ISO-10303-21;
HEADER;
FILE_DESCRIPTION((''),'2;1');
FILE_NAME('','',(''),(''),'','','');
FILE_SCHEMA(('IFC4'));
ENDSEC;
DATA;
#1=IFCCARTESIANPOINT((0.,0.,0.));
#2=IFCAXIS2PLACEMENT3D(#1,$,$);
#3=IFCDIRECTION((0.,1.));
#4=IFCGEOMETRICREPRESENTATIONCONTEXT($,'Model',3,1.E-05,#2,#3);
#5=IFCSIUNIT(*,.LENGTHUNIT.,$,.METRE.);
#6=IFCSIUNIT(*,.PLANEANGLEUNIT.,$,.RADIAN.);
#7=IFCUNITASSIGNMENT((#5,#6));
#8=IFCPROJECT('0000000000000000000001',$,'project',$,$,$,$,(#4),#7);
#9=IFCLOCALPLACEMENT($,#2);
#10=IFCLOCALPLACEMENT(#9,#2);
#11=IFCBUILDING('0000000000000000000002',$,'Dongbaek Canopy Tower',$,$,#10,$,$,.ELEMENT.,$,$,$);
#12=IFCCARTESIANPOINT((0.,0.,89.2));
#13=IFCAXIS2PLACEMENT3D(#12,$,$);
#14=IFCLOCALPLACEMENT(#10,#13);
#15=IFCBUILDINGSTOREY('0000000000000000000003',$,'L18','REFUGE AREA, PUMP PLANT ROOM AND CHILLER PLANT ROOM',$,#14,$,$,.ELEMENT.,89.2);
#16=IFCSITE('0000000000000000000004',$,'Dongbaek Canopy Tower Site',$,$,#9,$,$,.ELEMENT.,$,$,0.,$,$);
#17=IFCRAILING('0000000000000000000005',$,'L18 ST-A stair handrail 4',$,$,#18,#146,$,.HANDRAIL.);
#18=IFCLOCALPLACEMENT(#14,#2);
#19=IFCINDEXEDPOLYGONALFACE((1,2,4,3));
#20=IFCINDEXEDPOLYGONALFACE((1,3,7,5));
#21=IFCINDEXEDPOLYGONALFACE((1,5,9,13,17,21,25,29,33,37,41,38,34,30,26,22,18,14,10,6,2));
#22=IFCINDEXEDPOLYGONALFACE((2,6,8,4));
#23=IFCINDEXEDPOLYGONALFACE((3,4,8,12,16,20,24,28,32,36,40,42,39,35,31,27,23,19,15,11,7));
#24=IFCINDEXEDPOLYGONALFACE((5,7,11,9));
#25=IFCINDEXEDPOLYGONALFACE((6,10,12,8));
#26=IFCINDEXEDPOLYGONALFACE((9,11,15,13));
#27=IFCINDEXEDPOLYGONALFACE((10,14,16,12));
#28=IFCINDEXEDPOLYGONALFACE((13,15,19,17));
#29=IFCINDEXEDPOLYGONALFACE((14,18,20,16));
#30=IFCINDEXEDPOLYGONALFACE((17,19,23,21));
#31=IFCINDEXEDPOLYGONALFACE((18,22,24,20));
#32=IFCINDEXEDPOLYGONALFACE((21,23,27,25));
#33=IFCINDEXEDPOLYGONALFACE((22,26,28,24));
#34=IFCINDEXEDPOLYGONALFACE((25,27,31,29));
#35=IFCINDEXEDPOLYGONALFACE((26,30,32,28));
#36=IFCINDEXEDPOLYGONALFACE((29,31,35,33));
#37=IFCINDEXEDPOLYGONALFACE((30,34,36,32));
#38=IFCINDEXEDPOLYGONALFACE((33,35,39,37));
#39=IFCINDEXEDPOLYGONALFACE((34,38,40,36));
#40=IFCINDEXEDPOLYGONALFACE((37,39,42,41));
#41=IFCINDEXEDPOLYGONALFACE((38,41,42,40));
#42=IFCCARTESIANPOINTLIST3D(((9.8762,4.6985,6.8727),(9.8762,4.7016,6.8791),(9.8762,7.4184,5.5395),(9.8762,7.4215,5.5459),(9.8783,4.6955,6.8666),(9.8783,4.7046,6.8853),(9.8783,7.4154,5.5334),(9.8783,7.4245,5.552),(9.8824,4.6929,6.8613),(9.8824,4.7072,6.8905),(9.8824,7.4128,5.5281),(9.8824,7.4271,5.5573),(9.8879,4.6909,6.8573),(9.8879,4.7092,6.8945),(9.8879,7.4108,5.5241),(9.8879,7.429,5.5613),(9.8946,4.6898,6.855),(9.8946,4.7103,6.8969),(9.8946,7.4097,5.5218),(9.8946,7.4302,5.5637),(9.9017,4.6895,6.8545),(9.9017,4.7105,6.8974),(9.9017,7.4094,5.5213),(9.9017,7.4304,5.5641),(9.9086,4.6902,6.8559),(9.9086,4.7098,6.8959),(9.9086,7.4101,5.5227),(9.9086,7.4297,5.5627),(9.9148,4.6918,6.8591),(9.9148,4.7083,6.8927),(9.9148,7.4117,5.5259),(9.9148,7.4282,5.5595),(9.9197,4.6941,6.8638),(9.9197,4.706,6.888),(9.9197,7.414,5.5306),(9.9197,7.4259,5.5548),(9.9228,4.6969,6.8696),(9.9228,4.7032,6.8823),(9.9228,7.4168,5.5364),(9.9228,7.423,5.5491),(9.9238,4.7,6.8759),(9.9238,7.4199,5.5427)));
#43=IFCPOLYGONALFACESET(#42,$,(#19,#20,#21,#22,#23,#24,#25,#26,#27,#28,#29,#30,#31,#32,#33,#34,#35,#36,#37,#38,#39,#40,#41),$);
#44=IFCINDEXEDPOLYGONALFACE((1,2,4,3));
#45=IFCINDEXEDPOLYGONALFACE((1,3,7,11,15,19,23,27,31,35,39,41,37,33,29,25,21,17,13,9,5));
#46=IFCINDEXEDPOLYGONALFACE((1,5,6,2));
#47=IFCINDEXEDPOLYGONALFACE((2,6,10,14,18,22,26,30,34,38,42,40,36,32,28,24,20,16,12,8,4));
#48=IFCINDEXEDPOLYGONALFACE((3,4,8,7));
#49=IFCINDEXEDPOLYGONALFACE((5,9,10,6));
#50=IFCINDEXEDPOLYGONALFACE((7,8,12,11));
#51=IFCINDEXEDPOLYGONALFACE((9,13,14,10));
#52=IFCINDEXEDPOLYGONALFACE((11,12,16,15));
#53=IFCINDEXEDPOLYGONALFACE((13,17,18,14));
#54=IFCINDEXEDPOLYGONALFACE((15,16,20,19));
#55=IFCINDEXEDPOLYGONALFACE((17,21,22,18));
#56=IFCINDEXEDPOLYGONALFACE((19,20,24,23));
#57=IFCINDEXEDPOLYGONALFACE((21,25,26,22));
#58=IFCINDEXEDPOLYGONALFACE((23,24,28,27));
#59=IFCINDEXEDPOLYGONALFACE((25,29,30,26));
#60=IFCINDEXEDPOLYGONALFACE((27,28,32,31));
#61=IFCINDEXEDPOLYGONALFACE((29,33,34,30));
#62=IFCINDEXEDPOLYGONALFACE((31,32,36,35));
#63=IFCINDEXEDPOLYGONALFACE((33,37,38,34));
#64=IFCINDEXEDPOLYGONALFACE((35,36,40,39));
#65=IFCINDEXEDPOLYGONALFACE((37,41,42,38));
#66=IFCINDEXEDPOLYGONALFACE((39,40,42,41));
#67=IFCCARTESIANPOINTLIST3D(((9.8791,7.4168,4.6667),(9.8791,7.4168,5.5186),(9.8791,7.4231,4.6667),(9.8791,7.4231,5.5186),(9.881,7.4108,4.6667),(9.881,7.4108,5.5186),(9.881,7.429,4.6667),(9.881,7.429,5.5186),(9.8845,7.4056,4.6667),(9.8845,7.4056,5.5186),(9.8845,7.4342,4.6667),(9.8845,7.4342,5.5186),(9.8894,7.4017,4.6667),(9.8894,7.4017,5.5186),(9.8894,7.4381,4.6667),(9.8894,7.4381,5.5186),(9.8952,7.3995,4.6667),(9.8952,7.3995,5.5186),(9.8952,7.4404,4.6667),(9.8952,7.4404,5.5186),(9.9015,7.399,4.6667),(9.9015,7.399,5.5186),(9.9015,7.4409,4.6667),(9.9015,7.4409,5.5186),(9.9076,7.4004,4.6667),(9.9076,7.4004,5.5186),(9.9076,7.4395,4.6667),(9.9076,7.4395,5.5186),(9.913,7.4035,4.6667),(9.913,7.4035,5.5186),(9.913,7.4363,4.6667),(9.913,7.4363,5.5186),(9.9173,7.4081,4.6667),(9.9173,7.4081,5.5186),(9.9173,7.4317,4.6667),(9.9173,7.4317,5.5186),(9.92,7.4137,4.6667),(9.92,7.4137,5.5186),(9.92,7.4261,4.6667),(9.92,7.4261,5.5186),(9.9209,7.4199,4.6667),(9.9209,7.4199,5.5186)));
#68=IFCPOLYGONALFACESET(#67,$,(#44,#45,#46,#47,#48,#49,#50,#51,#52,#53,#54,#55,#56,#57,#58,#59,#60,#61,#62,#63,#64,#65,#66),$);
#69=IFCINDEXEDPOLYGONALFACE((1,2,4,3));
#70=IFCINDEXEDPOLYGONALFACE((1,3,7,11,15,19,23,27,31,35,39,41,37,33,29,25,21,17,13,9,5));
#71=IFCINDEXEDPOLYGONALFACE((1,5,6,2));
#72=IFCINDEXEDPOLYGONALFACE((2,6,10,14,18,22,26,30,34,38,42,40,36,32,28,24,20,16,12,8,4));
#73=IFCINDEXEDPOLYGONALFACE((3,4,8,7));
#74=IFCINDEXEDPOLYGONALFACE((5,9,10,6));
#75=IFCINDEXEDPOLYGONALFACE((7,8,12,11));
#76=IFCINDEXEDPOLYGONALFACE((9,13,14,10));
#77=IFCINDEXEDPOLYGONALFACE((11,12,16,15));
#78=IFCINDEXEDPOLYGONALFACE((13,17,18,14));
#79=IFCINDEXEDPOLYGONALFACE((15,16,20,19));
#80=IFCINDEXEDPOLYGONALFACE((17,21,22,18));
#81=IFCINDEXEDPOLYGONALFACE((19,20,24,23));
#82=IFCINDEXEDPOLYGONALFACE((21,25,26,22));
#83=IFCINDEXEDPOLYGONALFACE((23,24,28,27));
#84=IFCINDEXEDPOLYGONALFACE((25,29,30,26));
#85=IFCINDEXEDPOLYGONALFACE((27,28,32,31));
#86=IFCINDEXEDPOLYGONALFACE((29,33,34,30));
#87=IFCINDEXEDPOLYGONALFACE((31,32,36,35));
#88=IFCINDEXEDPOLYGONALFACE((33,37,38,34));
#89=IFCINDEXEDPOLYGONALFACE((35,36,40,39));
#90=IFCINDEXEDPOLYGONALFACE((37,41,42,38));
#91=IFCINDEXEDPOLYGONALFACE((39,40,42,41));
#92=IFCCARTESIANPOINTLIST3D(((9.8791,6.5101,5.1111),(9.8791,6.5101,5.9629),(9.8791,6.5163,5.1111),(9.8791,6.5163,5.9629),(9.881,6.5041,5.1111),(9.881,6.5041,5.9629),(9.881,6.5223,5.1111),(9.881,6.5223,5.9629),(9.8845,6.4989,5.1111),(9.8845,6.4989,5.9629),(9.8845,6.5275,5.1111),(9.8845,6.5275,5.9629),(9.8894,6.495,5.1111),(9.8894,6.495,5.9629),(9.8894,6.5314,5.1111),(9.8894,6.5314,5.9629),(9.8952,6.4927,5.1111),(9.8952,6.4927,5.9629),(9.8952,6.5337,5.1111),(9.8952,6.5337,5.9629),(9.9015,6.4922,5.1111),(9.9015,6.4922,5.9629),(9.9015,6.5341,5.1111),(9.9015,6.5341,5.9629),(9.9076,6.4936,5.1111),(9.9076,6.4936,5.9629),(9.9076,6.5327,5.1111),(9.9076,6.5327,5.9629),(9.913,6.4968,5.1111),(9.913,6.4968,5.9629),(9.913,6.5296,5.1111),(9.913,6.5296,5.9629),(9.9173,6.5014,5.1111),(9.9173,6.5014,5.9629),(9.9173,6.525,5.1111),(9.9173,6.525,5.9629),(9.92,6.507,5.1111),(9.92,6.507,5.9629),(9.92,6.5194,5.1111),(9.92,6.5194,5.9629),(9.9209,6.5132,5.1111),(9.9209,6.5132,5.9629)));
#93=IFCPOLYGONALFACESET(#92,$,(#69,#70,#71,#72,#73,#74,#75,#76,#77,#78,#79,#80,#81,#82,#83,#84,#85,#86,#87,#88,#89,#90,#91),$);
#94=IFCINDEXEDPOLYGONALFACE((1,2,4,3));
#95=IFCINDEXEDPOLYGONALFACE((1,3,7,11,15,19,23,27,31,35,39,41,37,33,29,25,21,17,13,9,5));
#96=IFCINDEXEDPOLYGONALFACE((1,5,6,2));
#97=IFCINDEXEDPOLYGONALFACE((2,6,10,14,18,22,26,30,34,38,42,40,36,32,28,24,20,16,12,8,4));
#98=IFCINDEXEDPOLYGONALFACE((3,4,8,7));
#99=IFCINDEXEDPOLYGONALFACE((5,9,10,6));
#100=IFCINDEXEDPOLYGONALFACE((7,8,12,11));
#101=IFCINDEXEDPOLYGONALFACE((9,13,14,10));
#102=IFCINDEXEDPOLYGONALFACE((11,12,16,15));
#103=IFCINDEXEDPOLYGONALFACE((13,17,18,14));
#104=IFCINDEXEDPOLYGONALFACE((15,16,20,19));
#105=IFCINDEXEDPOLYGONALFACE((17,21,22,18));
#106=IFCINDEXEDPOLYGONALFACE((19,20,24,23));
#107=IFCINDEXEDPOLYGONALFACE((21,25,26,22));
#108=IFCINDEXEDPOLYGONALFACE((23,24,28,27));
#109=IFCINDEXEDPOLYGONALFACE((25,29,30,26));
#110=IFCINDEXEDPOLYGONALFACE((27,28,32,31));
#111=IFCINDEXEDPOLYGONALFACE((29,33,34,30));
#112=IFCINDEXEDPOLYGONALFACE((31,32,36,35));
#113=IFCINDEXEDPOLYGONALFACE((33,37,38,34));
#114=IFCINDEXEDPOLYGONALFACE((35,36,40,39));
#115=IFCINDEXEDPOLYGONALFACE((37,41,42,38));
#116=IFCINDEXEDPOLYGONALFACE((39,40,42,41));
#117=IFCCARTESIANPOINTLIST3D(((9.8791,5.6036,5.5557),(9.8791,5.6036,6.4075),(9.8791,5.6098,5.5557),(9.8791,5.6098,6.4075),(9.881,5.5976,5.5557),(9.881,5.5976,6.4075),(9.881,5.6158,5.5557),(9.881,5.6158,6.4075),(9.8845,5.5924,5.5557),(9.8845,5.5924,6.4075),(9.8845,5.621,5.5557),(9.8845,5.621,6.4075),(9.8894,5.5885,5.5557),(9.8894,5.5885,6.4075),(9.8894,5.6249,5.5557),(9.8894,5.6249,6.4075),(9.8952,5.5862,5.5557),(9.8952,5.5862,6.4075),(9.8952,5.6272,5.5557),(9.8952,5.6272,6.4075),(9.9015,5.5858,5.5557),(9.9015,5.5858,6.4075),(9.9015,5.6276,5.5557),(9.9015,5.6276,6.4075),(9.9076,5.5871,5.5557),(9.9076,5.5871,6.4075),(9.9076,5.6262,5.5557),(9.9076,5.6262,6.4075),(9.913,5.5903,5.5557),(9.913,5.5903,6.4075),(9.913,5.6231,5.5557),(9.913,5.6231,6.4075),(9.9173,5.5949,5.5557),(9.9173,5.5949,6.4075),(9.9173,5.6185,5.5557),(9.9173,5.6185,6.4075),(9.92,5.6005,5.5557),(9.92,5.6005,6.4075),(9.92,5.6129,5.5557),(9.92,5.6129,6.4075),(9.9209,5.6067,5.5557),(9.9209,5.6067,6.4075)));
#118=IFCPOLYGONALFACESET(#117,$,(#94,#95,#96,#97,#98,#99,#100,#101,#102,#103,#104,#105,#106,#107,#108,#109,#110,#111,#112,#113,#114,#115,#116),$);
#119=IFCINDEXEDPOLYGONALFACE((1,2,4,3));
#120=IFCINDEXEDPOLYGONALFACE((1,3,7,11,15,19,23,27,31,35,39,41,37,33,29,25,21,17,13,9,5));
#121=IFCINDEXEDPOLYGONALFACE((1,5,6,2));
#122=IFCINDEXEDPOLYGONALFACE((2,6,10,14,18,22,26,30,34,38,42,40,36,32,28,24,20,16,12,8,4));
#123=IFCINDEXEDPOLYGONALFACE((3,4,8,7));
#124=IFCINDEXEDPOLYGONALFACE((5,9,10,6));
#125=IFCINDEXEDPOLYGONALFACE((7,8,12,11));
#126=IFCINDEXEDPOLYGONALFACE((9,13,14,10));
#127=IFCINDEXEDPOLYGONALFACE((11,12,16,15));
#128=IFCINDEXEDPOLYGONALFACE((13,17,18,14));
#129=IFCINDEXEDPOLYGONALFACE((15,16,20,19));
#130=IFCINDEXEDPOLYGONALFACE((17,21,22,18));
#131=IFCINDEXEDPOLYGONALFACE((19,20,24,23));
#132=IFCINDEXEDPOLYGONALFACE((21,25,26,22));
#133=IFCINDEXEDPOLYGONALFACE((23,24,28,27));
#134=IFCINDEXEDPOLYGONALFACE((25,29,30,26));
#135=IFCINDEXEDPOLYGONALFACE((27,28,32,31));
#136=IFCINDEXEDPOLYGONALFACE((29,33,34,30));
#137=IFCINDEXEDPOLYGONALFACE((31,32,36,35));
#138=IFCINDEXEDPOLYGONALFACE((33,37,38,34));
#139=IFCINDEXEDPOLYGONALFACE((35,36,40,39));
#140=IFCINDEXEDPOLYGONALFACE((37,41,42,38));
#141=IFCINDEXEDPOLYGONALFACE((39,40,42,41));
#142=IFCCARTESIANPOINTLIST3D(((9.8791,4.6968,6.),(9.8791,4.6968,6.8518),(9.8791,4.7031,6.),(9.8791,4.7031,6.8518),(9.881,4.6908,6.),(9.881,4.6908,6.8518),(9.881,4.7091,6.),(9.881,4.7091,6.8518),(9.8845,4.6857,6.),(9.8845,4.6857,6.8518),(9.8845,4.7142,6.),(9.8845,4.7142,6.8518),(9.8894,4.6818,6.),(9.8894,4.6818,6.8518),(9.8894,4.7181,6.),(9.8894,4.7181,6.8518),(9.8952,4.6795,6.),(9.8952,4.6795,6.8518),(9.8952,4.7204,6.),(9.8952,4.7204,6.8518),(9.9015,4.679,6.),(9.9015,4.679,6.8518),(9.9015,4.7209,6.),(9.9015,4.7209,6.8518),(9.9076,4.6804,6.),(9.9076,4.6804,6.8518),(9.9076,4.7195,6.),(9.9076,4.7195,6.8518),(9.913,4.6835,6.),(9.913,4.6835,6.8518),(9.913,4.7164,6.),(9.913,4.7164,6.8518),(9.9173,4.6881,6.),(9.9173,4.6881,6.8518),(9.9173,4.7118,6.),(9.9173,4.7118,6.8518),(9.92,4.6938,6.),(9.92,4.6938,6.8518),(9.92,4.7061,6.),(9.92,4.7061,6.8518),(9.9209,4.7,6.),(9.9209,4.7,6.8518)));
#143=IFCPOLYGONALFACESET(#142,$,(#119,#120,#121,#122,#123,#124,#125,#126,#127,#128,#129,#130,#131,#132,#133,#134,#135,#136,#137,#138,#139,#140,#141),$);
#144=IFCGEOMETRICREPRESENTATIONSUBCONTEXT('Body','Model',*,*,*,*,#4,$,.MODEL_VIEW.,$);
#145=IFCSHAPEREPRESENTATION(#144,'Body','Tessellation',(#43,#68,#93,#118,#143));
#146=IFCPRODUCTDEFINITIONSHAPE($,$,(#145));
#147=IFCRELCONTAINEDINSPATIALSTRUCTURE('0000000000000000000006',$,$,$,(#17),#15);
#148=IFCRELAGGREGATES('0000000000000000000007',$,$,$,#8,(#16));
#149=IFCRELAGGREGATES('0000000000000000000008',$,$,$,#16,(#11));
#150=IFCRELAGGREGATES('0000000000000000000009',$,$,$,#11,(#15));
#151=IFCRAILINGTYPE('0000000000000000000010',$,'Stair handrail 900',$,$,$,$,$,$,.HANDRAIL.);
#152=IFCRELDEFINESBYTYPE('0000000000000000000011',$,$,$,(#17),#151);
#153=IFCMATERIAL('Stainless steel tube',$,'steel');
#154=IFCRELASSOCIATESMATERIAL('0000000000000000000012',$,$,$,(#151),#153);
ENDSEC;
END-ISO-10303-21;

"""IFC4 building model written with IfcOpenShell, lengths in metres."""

from ifc_helpers import new_model, si_unit, direction, frame, origin, origin_2d, place, context, subcontext, project, spatial, circle, extrude, material, type_object, element, save


model = new_model("IFC4")

# Units and contexts
model_context = context("Model", 3, precision=1e-05, world=origin(), true_north=direction((0.0, 1.0)))
body_context = subcontext(model_context, "Body", "Model", "MODEL_VIEW")
ifc_project = project(units=[si_unit("LENGTHUNIT", "METRE"), si_unit("PLANEANGLEUNIT", "RADIAN")], contexts=[model_context])

# Site, building, storey
site_placement = place(None, origin())
site = spatial("IfcSite", under=ifc_project, at=site_placement, Name="Dongbaek Canopy Tower Site", CompositionType="ELEMENT", RefElevation=0.0)
building_placement = place(site_placement, origin())
building = spatial("IfcBuilding", under=site, at=building_placement, Name="Dongbaek Canopy Tower", CompositionType="ELEMENT")
storey_placement = place(building_placement, frame((0.0, 0.0, 89.2)))
storey = spatial("IfcBuildingStorey", under=building, at=storey_placement, Name="L18", Description="REFUGE AREA, PUMP PLANT ROOM AND CHILLER PLANT ROOM", CompositionType="ELEMENT", Elevation=89.2)

# Railing
ifc_material_1 = material(Name="Stainless steel tube", Category="steel")
railing_type_1 = type_object("IfcRailingType", Name="Stair handrail 900", PredefinedType="HANDRAIL", material=ifc_material_1)
railing_1_placement = place(storey_placement, frame((9.8999, 7.4199, 4.6667)))
element("IfcRailing", 1, at=railing_1_placement, inside=storey, type_object=railing_type_1, Name="L18 ST-A stair handrail 4", PredefinedType="HANDRAIL", context=body_context, shape_type="SweptSolid", body=[
    extrude(circle(Radius=0.0239, at=origin_2d()), frame((0.0, 0.0, 0.876), z_axis=(0.0, -0.897929, 0.440139), x_axis=(1.0, 0.0, 0.0)), (0.0, 0.0, 1.0), 3.0291),
    extrude(circle(Radius=0.021, at=origin_2d()), origin(), (0.0, 0.0, 1.0), 0.8518),
    extrude(circle(Radius=0.021, at=origin_2d()), frame((0.0, -0.9067, 0.4443)), (0.0, 0.0, 1.0), 0.8518),
    extrude(circle(Radius=0.021, at=origin_2d()), frame((0.0, -1.8132, 0.8889)), (0.0, 0.0, 1.0), 0.8518),
    extrude(circle(Radius=0.021, at=origin_2d()), frame((0.0, -2.72, 1.3333)), (0.0, 0.0, 1.0), 0.8518),
])

save(model, "model.ifc")
